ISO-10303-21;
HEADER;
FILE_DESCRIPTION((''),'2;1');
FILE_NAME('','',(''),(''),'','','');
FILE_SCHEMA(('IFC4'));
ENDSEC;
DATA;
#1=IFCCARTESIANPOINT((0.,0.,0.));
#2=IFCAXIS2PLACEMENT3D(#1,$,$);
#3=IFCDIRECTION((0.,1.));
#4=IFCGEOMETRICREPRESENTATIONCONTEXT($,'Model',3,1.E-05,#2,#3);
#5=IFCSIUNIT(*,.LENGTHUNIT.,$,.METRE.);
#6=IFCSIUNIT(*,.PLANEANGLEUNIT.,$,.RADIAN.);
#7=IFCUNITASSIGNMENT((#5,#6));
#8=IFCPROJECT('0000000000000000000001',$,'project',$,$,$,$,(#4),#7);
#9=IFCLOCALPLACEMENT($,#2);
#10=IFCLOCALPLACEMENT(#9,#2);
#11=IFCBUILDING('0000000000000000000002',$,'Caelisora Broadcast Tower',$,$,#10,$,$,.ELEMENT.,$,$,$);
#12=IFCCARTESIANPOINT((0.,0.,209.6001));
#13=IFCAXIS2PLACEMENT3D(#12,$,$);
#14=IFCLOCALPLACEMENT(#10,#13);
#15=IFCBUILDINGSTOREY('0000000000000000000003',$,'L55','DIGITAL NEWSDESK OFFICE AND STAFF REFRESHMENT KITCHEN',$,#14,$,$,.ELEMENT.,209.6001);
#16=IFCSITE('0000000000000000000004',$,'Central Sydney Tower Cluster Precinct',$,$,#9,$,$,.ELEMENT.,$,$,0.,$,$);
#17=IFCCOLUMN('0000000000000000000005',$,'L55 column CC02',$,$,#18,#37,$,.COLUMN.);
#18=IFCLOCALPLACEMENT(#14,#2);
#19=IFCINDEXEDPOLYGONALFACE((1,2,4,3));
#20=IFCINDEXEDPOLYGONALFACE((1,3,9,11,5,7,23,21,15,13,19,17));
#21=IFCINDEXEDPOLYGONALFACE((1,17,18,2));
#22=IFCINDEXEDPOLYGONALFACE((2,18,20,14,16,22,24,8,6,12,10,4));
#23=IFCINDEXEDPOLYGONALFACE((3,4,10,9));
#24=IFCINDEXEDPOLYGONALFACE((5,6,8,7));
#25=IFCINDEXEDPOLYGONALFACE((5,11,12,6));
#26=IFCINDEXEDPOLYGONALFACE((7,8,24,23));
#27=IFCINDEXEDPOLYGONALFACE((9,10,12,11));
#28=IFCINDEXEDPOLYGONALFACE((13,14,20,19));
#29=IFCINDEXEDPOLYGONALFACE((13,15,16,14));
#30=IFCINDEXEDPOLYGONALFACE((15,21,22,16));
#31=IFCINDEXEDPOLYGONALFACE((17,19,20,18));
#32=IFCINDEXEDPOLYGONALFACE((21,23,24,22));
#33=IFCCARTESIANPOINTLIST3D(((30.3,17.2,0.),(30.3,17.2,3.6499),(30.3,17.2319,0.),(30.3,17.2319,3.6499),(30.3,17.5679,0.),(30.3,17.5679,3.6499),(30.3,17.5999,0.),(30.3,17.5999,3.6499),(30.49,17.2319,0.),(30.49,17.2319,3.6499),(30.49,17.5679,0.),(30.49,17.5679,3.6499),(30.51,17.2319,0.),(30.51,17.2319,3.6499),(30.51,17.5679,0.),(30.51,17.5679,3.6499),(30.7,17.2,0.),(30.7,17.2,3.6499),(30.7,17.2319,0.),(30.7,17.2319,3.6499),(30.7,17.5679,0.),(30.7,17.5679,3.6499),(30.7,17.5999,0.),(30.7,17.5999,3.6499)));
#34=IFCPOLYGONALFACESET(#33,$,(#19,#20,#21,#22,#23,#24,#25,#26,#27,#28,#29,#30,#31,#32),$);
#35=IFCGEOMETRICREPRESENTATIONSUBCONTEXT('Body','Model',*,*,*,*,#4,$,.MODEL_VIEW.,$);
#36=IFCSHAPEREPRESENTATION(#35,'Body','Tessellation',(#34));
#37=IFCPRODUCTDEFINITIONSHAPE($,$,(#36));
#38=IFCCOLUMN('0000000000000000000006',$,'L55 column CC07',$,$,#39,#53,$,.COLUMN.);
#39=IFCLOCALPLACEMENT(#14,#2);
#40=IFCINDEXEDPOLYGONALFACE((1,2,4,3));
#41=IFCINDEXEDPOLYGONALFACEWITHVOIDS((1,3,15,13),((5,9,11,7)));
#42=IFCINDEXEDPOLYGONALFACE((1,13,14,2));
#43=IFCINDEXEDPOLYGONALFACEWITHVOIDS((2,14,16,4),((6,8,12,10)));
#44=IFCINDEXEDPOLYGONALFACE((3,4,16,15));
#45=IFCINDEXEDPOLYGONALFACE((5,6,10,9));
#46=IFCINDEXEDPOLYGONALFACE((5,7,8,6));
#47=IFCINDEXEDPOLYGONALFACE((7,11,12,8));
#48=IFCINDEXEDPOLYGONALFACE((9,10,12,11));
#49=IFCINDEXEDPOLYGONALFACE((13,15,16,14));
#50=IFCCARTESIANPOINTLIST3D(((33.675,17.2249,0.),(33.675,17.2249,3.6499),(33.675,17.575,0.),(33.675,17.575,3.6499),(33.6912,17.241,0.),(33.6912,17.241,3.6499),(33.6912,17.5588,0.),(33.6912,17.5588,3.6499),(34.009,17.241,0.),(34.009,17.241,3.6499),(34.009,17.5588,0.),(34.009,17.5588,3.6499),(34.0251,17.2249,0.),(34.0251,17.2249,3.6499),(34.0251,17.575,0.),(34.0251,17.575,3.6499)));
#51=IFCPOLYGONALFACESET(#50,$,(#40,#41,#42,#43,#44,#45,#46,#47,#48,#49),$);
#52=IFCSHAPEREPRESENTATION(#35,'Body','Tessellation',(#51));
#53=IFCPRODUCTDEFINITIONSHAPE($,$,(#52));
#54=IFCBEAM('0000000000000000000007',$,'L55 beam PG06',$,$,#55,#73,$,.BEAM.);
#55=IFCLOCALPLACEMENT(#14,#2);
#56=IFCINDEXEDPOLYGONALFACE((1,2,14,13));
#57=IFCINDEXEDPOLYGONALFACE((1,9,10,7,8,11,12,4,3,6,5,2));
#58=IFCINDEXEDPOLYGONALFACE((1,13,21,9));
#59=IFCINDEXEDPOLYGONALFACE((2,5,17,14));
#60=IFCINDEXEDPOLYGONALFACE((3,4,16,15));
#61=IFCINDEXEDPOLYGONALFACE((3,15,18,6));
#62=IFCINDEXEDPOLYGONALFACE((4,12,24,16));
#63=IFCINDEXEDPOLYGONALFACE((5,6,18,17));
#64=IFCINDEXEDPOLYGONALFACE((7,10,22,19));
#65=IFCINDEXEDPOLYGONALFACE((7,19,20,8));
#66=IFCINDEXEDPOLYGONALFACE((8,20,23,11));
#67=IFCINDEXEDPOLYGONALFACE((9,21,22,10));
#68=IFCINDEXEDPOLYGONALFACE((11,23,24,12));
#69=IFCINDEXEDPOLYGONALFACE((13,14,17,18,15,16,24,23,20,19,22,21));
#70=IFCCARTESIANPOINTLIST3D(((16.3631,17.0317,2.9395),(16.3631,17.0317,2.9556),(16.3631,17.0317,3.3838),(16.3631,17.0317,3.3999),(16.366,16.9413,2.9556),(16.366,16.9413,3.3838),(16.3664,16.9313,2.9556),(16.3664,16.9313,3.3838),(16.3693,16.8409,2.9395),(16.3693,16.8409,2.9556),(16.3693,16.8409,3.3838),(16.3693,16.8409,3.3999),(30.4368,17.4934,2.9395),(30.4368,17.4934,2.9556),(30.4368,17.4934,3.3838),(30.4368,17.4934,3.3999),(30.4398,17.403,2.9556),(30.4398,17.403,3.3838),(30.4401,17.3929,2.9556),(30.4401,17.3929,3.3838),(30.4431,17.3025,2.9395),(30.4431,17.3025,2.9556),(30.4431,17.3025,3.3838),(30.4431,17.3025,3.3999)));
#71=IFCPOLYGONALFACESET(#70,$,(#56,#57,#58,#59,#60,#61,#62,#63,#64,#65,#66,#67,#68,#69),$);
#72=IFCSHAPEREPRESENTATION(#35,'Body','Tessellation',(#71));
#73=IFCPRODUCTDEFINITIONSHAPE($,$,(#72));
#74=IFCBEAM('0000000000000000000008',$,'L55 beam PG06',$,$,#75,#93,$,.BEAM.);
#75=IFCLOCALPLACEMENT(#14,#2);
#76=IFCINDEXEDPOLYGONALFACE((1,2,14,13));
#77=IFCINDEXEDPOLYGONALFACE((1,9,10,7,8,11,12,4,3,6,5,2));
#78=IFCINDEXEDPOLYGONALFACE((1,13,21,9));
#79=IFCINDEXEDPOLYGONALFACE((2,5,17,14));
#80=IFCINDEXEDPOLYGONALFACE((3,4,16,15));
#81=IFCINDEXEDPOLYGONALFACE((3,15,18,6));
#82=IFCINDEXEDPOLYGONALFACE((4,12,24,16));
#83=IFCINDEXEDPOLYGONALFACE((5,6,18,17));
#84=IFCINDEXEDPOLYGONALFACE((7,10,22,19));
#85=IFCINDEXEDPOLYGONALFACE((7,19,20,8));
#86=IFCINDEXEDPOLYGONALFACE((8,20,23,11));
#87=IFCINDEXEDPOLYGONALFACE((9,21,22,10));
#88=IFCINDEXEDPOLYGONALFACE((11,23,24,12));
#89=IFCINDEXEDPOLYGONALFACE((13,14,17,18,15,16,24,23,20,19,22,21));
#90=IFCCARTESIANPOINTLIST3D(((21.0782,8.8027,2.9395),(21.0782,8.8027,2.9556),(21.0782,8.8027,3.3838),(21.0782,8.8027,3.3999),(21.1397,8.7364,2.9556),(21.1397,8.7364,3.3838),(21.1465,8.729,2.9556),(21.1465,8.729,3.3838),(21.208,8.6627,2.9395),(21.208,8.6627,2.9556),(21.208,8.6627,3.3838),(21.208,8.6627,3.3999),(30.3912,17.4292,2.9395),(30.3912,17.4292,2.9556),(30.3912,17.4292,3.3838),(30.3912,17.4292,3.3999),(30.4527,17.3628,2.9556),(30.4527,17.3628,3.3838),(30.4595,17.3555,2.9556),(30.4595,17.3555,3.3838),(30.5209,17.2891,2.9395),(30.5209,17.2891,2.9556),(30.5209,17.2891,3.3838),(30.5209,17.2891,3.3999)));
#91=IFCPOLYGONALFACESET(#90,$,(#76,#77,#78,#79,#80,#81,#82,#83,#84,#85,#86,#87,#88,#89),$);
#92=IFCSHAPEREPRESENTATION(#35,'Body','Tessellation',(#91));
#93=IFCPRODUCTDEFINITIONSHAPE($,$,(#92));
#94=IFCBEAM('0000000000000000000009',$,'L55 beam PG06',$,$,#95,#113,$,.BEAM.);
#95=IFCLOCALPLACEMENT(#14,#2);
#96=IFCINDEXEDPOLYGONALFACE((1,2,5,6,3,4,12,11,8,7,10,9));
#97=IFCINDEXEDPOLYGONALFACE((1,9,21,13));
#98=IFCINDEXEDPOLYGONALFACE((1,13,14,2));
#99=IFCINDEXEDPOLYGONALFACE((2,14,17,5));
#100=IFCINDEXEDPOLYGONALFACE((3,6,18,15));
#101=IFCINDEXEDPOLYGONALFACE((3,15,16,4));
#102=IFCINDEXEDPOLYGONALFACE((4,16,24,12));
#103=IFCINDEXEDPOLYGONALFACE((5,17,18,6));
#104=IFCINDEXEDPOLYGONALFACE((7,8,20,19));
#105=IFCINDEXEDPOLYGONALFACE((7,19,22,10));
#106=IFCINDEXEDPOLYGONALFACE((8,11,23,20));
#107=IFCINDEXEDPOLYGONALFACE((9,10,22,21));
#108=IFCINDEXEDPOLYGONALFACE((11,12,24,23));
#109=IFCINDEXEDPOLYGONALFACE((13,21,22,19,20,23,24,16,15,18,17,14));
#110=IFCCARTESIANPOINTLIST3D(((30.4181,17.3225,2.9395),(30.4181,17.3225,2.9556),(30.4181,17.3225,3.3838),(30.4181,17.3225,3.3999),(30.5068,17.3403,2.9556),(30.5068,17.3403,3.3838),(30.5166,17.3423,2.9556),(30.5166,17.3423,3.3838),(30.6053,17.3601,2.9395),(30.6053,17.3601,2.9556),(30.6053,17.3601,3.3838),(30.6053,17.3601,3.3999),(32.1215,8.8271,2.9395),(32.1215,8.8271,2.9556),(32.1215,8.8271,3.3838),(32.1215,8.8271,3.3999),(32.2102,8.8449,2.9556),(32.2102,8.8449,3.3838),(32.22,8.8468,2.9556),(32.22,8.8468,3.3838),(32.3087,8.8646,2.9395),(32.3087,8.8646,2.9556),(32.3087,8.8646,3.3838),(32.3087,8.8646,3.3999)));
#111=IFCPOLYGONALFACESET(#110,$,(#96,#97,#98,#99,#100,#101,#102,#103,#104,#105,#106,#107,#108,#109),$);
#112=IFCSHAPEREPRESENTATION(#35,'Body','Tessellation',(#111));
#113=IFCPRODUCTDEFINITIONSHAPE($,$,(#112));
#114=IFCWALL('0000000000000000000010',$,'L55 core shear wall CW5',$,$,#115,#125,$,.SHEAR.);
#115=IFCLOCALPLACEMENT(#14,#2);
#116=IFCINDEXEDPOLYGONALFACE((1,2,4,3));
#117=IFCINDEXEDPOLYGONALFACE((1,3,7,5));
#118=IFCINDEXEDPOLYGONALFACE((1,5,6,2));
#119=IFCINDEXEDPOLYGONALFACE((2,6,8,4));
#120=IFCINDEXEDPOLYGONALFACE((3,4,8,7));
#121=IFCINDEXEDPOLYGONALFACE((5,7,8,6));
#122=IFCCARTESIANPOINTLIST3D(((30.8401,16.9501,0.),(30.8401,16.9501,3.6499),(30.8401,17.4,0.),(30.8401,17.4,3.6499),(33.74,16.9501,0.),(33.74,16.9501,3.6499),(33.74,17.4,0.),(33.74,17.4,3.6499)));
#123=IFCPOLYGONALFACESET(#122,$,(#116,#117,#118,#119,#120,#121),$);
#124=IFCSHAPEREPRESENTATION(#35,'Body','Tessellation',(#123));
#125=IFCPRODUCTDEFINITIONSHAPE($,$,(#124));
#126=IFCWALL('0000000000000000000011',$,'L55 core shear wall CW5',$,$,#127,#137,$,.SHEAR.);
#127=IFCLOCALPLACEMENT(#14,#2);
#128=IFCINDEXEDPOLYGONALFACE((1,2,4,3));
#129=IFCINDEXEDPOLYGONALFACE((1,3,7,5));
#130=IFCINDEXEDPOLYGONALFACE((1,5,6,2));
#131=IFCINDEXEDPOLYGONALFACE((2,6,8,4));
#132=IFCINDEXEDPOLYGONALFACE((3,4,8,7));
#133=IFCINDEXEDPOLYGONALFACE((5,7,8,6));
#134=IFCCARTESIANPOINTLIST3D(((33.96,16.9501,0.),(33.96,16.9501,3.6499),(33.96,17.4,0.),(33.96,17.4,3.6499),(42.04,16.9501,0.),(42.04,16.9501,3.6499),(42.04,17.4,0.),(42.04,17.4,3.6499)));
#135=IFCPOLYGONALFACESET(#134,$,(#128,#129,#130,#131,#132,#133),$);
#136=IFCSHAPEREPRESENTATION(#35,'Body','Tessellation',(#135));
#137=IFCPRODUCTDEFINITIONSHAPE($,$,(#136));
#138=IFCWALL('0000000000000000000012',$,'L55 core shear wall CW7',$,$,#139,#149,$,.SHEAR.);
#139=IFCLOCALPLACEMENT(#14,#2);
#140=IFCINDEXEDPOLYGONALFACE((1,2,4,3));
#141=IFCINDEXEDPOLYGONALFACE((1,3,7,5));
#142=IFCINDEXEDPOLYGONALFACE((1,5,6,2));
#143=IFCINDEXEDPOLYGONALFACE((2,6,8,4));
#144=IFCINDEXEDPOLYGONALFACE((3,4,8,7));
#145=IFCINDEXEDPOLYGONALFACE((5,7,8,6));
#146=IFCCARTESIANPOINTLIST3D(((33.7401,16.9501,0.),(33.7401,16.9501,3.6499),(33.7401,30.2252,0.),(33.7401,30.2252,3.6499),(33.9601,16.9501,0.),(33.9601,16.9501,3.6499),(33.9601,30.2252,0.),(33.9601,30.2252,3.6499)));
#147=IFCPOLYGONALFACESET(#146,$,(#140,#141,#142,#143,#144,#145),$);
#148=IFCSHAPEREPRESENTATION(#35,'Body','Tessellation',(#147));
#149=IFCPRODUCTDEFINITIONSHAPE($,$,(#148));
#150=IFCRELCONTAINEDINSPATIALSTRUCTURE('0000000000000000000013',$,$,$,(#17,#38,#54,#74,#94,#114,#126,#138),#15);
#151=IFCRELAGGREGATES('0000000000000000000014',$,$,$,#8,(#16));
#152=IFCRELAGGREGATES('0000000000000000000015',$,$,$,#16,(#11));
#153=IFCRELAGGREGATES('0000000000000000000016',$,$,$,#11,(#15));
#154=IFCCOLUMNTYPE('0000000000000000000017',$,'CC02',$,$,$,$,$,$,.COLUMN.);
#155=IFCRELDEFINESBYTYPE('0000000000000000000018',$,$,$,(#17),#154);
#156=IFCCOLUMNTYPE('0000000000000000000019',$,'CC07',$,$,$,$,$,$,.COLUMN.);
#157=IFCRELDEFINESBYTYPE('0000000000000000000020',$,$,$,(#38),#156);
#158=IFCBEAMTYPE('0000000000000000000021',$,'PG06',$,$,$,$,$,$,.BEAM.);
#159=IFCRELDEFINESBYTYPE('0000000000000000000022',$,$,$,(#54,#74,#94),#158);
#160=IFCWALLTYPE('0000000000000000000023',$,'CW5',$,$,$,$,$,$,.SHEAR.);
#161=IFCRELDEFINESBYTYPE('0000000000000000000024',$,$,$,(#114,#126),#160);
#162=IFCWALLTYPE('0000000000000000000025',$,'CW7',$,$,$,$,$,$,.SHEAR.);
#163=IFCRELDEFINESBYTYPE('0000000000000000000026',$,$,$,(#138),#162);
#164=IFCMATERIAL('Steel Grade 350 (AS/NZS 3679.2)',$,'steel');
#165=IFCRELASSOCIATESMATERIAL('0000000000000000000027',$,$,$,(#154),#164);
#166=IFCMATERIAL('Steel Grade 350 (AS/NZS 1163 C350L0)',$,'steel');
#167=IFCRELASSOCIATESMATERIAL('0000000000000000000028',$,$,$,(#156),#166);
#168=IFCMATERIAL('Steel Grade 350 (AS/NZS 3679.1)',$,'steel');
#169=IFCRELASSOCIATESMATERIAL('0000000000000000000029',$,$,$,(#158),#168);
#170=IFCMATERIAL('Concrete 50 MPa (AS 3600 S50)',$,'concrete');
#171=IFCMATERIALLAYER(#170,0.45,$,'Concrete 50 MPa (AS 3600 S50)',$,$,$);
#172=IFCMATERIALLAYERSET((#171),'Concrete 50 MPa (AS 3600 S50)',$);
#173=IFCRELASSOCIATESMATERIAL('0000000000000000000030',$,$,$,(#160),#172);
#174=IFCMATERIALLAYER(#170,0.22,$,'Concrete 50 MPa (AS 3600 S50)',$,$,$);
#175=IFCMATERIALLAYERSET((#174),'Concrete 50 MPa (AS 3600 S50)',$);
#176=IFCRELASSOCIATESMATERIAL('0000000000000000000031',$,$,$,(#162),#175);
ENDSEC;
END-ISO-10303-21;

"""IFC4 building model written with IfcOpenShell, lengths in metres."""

from ifc_helpers import new_model, si_unit, direction, frame, frame_2d, origin, origin_2d, place, context, subcontext, project, spatial, rectangle, hollow_rectangle, i_section, extrude, source, transform, mapped, material, layer, layer_set, material_profile, profile_set, type_object, type_shapes, element, save


model = new_model("IFC4")

# Units and contexts
model_context = context("Model", 3, precision=1e-05, world=origin(), true_north=direction((0.0, 1.0)))
body_context = subcontext(model_context, "Body", "Model", "MODEL_VIEW")
ifc_project = project(units=[si_unit("LENGTHUNIT", "METRE"), si_unit("PLANEANGLEUNIT", "RADIAN")], contexts=[model_context])

# Site, building, storey
site_placement = place(None, origin())
site = spatial("IfcSite", under=ifc_project, at=site_placement, Name="Central Sydney Tower Cluster Precinct", CompositionType="ELEMENT", RefElevation=0.0)
building_placement = place(site_placement, origin())
building = spatial("IfcBuilding", under=site, at=building_placement, Name="Caelisora Broadcast Tower", CompositionType="ELEMENT")
storey_placement = place(building_placement, frame((0.0, 0.0, 209.6001)))
storey = spatial("IfcBuildingStorey", under=building, at=storey_placement, Name="L55", Description="DIGITAL NEWSDESK OFFICE AND STAFF REFRESHMENT KITCHEN", CompositionType="ELEMENT", Elevation=209.6001)

# Columns
ifc_material_1 = material(Name="Steel Grade 350 (AS/NZS 3679.2)", Category="steel")
ifc_material_profile_1 = material_profile(ifc_material_1, i_section(OverallWidth=0.3999, OverallDepth=0.3999, WebThickness=0.02, FlangeThickness=0.032, at=origin_2d()), Name="Steel Grade 350 (AS/NZS 3679.2)")
ifc_profile_set_1 = profile_set([ifc_material_profile_1], Name="Steel Grade 350 (AS/NZS 3679.2)")
column_type_1 = type_object("IfcColumnType", Name="CC02", PredefinedType="COLUMN", material=ifc_profile_set_1)
shared_shape_1 = source(origin(), body_context, "Body", "SweptSolid", [
    extrude(i_section(OverallWidth=0.3999, OverallDepth=0.3999, WebThickness=0.02, FlangeThickness=0.032, at=origin_2d()), origin(), (0.0, 0.0, 1.0), 3.6499),
])
type_shapes(column_type_1, [shared_shape_1])
column_1_placement = place(storey_placement, frame((30.5, 17.3999, 0.0), z_axis=(0.0, 0.0, 1.0), x_axis=(1.0, 0.0, 0.0)))
element("IfcColumn", 1, at=column_1_placement, inside=storey, type_object=column_type_1, Name="L55 column CC02", PredefinedType="COLUMN", context=body_context, shape_type="MappedRepresentation", body=[
    mapped(shared_shape_1, transform((0.0, 0.0, 0.0), scale=1.0)),
])
ifc_material_2 = material(Name="Steel Grade 350 (AS/NZS 1163 C350L0)", Category="steel")
ifc_material_profile_2 = material_profile(ifc_material_2, hollow_rectangle(XDim=0.3501, YDim=0.3501, WallThickness=0.0161, at=origin_2d()), Name="Steel Grade 350 (AS/NZS 1163 C350L0)")
ifc_profile_set_2 = profile_set([ifc_material_profile_2], Name="Steel Grade 350 (AS/NZS 1163 C350L0)")
column_type_2 = type_object("IfcColumnType", Name="CC07", PredefinedType="COLUMN", material=ifc_profile_set_2)
shared_shape_2 = source(origin(), body_context, "Body", "SweptSolid", [
    extrude(hollow_rectangle(XDim=0.3501, YDim=0.3501, WallThickness=0.0161, at=origin_2d()), origin(), (0.0, 0.0, 1.0), 3.6499),
])
type_shapes(column_type_2, [shared_shape_2])
column_2_placement = place(storey_placement, frame((33.8501, 17.3999, 0.0), z_axis=(0.0, 0.0, 1.0), x_axis=(1.0, 0.0, 0.0)))
element("IfcColumn", 2, at=column_2_placement, inside=storey, type_object=column_type_2, Name="L55 column CC07", PredefinedType="COLUMN", context=body_context, shape_type="MappedRepresentation", body=[
    mapped(shared_shape_2, transform((0.0, 0.0, 0.0), scale=1.0)),
])

# Beams
ifc_material_3 = material(Name="Steel Grade 350 (AS/NZS 3679.1)", Category="steel")
ifc_material_profile_3 = material_profile(ifc_material_3, i_section(OverallWidth=0.1909, OverallDepth=0.4604, WebThickness=0.01, FlangeThickness=0.0161, at=origin_2d()), Name="Steel Grade 350 (AS/NZS 3679.1)")
ifc_profile_set_3 = profile_set([ifc_material_profile_3], Name="Steel Grade 350 (AS/NZS 3679.1)")
beam_type = type_object("IfcBeamType", Name="PG06", PredefinedType="BEAM", material=ifc_profile_set_3)
shared_shape_3 = source(origin(), body_context, "Body", "SweptSolid", [
    extrude(i_section(OverallWidth=0.1909, OverallDepth=0.4604, WebThickness=0.01, FlangeThickness=0.0161, at=origin_2d()), origin(), (0.0, 0.0, 1.0), 14.0813),
])
beam_1_placement = place(storey_placement, frame((30.4399, 17.3979, 3.1697), z_axis=(-0.999462, -0.032786, 0.0), x_axis=(0.032786, -0.999462, 0.0)))
element("IfcBeam", 3, at=beam_1_placement, inside=storey, type_object=beam_type, Name="L55 beam PG06", PredefinedType="BEAM", context=body_context, shape_type="MappedRepresentation", body=[
    mapped(shared_shape_3, transform((0.0, 0.0, 0.0), scale=1.0)),
])
shared_shape_4 = source(origin(), body_context, "Body", "SweptSolid", [
    extrude(i_section(OverallWidth=0.1909, OverallDepth=0.4604, WebThickness=0.01, FlangeThickness=0.0161, at=origin_2d()), origin(), (0.0, 0.0, 1.0), 12.6943),
])
beam_2_placement = place(storey_placement, frame((30.4561, 17.3591, 3.1697), z_axis=(-0.73363, -0.679549, 0.0), x_axis=(0.679549, -0.73363, 0.0)))
element("IfcBeam", 4, at=beam_2_placement, inside=storey, type_object=beam_type, Name="L55 beam PG06", PredefinedType="BEAM", context=body_context, shape_type="MappedRepresentation", body=[
    mapped(shared_shape_4, transform((0.0, 0.0, 0.0), scale=1.0)),
])
shared_shape_5 = source(origin(), body_context, "Body", "SweptSolid", [
    extrude(i_section(OverallWidth=0.1909, OverallDepth=0.4604, WebThickness=0.01, FlangeThickness=0.0161, at=origin_2d()), origin(), (0.0, 0.0, 1.0), 8.6646),
])
type_shapes(beam_type, [shared_shape_3, shared_shape_4, shared_shape_5])
beam_3_placement = place(storey_placement, frame((30.5117, 17.3413, 3.1697), z_axis=(0.196593, -0.980485, 0.0), x_axis=(0.980485, 0.196593, 0.0)))
element("IfcBeam", 5, at=beam_3_placement, inside=storey, type_object=beam_type, Name="L55 beam PG06", PredefinedType="BEAM", context=body_context, shape_type="MappedRepresentation", body=[
    mapped(shared_shape_5, transform((0.0, 0.0, 0.0), scale=1.0)),
])

# Walls
ifc_material_4 = material(Name="Concrete 50 MPa (AS 3600 S50)", Category="concrete")
ifc_layer_1 = layer(ifc_material_4, 0.45, Name="Concrete 50 MPa (AS 3600 S50)")
ifc_layer_set_1 = layer_set([ifc_layer_1], Name="Concrete 50 MPa (AS 3600 S50)")
wall_type_1 = type_object("IfcWallType", Name="CW5", PredefinedType="SHEAR", material=ifc_layer_set_1)
wall_1_placement = place(storey_placement, frame((30.8401, 17.175, 0.0), z_axis=(0.0, 0.0, 1.0), x_axis=(1.0, 0.0, 0.0)))
element("IfcWall", 6, at=wall_1_placement, inside=storey, type_object=wall_type_1, Name="L55 core shear wall CW5", PredefinedType="SHEAR", context=body_context, shape_type="SweptSolid", body=[
    extrude(rectangle(XDim=2.8999, YDim=0.45, at=frame_2d((1.45, 0.0))), origin(), (0.0, 0.0, 1.0), 3.6499),
])
wall_2_placement = place(storey_placement, frame((33.96, 17.175, 0.0), z_axis=(0.0, 0.0, 1.0), x_axis=(1.0, 0.0, 0.0)))
element("IfcWall", 7, at=wall_2_placement, inside=storey, type_object=wall_type_1, Name="L55 core shear wall CW5", PredefinedType="SHEAR", context=body_context, shape_type="SweptSolid", body=[
    extrude(rectangle(XDim=8.0801, YDim=0.45, at=frame_2d((4.04, 0.0))), origin(), (0.0, 0.0, 1.0), 3.6499),
])
ifc_layer_2 = layer(ifc_material_4, 0.22, Name="Concrete 50 MPa (AS 3600 S50)")
ifc_layer_set_2 = layer_set([ifc_layer_2], Name="Concrete 50 MPa (AS 3600 S50)")
wall_type_2 = type_object("IfcWallType", Name="CW7", PredefinedType="SHEAR", material=ifc_layer_set_2)
wall_3_placement = place(storey_placement, frame((33.8501, 16.95, 0.0), z_axis=(0.0, 0.0, 1.0), x_axis=(0.0, 1.0, 0.0)))
element("IfcWall", 8, at=wall_3_placement, inside=storey, type_object=wall_type_2, Name="L55 core shear wall CW7", PredefinedType="SHEAR", context=body_context, shape_type="SweptSolid", body=[
    extrude(rectangle(XDim=13.2751, YDim=0.22, at=frame_2d((6.6377, 0.0))), origin(), (0.0, 0.0, 1.0), 3.6499),
])

save(model, "model.ifc")
